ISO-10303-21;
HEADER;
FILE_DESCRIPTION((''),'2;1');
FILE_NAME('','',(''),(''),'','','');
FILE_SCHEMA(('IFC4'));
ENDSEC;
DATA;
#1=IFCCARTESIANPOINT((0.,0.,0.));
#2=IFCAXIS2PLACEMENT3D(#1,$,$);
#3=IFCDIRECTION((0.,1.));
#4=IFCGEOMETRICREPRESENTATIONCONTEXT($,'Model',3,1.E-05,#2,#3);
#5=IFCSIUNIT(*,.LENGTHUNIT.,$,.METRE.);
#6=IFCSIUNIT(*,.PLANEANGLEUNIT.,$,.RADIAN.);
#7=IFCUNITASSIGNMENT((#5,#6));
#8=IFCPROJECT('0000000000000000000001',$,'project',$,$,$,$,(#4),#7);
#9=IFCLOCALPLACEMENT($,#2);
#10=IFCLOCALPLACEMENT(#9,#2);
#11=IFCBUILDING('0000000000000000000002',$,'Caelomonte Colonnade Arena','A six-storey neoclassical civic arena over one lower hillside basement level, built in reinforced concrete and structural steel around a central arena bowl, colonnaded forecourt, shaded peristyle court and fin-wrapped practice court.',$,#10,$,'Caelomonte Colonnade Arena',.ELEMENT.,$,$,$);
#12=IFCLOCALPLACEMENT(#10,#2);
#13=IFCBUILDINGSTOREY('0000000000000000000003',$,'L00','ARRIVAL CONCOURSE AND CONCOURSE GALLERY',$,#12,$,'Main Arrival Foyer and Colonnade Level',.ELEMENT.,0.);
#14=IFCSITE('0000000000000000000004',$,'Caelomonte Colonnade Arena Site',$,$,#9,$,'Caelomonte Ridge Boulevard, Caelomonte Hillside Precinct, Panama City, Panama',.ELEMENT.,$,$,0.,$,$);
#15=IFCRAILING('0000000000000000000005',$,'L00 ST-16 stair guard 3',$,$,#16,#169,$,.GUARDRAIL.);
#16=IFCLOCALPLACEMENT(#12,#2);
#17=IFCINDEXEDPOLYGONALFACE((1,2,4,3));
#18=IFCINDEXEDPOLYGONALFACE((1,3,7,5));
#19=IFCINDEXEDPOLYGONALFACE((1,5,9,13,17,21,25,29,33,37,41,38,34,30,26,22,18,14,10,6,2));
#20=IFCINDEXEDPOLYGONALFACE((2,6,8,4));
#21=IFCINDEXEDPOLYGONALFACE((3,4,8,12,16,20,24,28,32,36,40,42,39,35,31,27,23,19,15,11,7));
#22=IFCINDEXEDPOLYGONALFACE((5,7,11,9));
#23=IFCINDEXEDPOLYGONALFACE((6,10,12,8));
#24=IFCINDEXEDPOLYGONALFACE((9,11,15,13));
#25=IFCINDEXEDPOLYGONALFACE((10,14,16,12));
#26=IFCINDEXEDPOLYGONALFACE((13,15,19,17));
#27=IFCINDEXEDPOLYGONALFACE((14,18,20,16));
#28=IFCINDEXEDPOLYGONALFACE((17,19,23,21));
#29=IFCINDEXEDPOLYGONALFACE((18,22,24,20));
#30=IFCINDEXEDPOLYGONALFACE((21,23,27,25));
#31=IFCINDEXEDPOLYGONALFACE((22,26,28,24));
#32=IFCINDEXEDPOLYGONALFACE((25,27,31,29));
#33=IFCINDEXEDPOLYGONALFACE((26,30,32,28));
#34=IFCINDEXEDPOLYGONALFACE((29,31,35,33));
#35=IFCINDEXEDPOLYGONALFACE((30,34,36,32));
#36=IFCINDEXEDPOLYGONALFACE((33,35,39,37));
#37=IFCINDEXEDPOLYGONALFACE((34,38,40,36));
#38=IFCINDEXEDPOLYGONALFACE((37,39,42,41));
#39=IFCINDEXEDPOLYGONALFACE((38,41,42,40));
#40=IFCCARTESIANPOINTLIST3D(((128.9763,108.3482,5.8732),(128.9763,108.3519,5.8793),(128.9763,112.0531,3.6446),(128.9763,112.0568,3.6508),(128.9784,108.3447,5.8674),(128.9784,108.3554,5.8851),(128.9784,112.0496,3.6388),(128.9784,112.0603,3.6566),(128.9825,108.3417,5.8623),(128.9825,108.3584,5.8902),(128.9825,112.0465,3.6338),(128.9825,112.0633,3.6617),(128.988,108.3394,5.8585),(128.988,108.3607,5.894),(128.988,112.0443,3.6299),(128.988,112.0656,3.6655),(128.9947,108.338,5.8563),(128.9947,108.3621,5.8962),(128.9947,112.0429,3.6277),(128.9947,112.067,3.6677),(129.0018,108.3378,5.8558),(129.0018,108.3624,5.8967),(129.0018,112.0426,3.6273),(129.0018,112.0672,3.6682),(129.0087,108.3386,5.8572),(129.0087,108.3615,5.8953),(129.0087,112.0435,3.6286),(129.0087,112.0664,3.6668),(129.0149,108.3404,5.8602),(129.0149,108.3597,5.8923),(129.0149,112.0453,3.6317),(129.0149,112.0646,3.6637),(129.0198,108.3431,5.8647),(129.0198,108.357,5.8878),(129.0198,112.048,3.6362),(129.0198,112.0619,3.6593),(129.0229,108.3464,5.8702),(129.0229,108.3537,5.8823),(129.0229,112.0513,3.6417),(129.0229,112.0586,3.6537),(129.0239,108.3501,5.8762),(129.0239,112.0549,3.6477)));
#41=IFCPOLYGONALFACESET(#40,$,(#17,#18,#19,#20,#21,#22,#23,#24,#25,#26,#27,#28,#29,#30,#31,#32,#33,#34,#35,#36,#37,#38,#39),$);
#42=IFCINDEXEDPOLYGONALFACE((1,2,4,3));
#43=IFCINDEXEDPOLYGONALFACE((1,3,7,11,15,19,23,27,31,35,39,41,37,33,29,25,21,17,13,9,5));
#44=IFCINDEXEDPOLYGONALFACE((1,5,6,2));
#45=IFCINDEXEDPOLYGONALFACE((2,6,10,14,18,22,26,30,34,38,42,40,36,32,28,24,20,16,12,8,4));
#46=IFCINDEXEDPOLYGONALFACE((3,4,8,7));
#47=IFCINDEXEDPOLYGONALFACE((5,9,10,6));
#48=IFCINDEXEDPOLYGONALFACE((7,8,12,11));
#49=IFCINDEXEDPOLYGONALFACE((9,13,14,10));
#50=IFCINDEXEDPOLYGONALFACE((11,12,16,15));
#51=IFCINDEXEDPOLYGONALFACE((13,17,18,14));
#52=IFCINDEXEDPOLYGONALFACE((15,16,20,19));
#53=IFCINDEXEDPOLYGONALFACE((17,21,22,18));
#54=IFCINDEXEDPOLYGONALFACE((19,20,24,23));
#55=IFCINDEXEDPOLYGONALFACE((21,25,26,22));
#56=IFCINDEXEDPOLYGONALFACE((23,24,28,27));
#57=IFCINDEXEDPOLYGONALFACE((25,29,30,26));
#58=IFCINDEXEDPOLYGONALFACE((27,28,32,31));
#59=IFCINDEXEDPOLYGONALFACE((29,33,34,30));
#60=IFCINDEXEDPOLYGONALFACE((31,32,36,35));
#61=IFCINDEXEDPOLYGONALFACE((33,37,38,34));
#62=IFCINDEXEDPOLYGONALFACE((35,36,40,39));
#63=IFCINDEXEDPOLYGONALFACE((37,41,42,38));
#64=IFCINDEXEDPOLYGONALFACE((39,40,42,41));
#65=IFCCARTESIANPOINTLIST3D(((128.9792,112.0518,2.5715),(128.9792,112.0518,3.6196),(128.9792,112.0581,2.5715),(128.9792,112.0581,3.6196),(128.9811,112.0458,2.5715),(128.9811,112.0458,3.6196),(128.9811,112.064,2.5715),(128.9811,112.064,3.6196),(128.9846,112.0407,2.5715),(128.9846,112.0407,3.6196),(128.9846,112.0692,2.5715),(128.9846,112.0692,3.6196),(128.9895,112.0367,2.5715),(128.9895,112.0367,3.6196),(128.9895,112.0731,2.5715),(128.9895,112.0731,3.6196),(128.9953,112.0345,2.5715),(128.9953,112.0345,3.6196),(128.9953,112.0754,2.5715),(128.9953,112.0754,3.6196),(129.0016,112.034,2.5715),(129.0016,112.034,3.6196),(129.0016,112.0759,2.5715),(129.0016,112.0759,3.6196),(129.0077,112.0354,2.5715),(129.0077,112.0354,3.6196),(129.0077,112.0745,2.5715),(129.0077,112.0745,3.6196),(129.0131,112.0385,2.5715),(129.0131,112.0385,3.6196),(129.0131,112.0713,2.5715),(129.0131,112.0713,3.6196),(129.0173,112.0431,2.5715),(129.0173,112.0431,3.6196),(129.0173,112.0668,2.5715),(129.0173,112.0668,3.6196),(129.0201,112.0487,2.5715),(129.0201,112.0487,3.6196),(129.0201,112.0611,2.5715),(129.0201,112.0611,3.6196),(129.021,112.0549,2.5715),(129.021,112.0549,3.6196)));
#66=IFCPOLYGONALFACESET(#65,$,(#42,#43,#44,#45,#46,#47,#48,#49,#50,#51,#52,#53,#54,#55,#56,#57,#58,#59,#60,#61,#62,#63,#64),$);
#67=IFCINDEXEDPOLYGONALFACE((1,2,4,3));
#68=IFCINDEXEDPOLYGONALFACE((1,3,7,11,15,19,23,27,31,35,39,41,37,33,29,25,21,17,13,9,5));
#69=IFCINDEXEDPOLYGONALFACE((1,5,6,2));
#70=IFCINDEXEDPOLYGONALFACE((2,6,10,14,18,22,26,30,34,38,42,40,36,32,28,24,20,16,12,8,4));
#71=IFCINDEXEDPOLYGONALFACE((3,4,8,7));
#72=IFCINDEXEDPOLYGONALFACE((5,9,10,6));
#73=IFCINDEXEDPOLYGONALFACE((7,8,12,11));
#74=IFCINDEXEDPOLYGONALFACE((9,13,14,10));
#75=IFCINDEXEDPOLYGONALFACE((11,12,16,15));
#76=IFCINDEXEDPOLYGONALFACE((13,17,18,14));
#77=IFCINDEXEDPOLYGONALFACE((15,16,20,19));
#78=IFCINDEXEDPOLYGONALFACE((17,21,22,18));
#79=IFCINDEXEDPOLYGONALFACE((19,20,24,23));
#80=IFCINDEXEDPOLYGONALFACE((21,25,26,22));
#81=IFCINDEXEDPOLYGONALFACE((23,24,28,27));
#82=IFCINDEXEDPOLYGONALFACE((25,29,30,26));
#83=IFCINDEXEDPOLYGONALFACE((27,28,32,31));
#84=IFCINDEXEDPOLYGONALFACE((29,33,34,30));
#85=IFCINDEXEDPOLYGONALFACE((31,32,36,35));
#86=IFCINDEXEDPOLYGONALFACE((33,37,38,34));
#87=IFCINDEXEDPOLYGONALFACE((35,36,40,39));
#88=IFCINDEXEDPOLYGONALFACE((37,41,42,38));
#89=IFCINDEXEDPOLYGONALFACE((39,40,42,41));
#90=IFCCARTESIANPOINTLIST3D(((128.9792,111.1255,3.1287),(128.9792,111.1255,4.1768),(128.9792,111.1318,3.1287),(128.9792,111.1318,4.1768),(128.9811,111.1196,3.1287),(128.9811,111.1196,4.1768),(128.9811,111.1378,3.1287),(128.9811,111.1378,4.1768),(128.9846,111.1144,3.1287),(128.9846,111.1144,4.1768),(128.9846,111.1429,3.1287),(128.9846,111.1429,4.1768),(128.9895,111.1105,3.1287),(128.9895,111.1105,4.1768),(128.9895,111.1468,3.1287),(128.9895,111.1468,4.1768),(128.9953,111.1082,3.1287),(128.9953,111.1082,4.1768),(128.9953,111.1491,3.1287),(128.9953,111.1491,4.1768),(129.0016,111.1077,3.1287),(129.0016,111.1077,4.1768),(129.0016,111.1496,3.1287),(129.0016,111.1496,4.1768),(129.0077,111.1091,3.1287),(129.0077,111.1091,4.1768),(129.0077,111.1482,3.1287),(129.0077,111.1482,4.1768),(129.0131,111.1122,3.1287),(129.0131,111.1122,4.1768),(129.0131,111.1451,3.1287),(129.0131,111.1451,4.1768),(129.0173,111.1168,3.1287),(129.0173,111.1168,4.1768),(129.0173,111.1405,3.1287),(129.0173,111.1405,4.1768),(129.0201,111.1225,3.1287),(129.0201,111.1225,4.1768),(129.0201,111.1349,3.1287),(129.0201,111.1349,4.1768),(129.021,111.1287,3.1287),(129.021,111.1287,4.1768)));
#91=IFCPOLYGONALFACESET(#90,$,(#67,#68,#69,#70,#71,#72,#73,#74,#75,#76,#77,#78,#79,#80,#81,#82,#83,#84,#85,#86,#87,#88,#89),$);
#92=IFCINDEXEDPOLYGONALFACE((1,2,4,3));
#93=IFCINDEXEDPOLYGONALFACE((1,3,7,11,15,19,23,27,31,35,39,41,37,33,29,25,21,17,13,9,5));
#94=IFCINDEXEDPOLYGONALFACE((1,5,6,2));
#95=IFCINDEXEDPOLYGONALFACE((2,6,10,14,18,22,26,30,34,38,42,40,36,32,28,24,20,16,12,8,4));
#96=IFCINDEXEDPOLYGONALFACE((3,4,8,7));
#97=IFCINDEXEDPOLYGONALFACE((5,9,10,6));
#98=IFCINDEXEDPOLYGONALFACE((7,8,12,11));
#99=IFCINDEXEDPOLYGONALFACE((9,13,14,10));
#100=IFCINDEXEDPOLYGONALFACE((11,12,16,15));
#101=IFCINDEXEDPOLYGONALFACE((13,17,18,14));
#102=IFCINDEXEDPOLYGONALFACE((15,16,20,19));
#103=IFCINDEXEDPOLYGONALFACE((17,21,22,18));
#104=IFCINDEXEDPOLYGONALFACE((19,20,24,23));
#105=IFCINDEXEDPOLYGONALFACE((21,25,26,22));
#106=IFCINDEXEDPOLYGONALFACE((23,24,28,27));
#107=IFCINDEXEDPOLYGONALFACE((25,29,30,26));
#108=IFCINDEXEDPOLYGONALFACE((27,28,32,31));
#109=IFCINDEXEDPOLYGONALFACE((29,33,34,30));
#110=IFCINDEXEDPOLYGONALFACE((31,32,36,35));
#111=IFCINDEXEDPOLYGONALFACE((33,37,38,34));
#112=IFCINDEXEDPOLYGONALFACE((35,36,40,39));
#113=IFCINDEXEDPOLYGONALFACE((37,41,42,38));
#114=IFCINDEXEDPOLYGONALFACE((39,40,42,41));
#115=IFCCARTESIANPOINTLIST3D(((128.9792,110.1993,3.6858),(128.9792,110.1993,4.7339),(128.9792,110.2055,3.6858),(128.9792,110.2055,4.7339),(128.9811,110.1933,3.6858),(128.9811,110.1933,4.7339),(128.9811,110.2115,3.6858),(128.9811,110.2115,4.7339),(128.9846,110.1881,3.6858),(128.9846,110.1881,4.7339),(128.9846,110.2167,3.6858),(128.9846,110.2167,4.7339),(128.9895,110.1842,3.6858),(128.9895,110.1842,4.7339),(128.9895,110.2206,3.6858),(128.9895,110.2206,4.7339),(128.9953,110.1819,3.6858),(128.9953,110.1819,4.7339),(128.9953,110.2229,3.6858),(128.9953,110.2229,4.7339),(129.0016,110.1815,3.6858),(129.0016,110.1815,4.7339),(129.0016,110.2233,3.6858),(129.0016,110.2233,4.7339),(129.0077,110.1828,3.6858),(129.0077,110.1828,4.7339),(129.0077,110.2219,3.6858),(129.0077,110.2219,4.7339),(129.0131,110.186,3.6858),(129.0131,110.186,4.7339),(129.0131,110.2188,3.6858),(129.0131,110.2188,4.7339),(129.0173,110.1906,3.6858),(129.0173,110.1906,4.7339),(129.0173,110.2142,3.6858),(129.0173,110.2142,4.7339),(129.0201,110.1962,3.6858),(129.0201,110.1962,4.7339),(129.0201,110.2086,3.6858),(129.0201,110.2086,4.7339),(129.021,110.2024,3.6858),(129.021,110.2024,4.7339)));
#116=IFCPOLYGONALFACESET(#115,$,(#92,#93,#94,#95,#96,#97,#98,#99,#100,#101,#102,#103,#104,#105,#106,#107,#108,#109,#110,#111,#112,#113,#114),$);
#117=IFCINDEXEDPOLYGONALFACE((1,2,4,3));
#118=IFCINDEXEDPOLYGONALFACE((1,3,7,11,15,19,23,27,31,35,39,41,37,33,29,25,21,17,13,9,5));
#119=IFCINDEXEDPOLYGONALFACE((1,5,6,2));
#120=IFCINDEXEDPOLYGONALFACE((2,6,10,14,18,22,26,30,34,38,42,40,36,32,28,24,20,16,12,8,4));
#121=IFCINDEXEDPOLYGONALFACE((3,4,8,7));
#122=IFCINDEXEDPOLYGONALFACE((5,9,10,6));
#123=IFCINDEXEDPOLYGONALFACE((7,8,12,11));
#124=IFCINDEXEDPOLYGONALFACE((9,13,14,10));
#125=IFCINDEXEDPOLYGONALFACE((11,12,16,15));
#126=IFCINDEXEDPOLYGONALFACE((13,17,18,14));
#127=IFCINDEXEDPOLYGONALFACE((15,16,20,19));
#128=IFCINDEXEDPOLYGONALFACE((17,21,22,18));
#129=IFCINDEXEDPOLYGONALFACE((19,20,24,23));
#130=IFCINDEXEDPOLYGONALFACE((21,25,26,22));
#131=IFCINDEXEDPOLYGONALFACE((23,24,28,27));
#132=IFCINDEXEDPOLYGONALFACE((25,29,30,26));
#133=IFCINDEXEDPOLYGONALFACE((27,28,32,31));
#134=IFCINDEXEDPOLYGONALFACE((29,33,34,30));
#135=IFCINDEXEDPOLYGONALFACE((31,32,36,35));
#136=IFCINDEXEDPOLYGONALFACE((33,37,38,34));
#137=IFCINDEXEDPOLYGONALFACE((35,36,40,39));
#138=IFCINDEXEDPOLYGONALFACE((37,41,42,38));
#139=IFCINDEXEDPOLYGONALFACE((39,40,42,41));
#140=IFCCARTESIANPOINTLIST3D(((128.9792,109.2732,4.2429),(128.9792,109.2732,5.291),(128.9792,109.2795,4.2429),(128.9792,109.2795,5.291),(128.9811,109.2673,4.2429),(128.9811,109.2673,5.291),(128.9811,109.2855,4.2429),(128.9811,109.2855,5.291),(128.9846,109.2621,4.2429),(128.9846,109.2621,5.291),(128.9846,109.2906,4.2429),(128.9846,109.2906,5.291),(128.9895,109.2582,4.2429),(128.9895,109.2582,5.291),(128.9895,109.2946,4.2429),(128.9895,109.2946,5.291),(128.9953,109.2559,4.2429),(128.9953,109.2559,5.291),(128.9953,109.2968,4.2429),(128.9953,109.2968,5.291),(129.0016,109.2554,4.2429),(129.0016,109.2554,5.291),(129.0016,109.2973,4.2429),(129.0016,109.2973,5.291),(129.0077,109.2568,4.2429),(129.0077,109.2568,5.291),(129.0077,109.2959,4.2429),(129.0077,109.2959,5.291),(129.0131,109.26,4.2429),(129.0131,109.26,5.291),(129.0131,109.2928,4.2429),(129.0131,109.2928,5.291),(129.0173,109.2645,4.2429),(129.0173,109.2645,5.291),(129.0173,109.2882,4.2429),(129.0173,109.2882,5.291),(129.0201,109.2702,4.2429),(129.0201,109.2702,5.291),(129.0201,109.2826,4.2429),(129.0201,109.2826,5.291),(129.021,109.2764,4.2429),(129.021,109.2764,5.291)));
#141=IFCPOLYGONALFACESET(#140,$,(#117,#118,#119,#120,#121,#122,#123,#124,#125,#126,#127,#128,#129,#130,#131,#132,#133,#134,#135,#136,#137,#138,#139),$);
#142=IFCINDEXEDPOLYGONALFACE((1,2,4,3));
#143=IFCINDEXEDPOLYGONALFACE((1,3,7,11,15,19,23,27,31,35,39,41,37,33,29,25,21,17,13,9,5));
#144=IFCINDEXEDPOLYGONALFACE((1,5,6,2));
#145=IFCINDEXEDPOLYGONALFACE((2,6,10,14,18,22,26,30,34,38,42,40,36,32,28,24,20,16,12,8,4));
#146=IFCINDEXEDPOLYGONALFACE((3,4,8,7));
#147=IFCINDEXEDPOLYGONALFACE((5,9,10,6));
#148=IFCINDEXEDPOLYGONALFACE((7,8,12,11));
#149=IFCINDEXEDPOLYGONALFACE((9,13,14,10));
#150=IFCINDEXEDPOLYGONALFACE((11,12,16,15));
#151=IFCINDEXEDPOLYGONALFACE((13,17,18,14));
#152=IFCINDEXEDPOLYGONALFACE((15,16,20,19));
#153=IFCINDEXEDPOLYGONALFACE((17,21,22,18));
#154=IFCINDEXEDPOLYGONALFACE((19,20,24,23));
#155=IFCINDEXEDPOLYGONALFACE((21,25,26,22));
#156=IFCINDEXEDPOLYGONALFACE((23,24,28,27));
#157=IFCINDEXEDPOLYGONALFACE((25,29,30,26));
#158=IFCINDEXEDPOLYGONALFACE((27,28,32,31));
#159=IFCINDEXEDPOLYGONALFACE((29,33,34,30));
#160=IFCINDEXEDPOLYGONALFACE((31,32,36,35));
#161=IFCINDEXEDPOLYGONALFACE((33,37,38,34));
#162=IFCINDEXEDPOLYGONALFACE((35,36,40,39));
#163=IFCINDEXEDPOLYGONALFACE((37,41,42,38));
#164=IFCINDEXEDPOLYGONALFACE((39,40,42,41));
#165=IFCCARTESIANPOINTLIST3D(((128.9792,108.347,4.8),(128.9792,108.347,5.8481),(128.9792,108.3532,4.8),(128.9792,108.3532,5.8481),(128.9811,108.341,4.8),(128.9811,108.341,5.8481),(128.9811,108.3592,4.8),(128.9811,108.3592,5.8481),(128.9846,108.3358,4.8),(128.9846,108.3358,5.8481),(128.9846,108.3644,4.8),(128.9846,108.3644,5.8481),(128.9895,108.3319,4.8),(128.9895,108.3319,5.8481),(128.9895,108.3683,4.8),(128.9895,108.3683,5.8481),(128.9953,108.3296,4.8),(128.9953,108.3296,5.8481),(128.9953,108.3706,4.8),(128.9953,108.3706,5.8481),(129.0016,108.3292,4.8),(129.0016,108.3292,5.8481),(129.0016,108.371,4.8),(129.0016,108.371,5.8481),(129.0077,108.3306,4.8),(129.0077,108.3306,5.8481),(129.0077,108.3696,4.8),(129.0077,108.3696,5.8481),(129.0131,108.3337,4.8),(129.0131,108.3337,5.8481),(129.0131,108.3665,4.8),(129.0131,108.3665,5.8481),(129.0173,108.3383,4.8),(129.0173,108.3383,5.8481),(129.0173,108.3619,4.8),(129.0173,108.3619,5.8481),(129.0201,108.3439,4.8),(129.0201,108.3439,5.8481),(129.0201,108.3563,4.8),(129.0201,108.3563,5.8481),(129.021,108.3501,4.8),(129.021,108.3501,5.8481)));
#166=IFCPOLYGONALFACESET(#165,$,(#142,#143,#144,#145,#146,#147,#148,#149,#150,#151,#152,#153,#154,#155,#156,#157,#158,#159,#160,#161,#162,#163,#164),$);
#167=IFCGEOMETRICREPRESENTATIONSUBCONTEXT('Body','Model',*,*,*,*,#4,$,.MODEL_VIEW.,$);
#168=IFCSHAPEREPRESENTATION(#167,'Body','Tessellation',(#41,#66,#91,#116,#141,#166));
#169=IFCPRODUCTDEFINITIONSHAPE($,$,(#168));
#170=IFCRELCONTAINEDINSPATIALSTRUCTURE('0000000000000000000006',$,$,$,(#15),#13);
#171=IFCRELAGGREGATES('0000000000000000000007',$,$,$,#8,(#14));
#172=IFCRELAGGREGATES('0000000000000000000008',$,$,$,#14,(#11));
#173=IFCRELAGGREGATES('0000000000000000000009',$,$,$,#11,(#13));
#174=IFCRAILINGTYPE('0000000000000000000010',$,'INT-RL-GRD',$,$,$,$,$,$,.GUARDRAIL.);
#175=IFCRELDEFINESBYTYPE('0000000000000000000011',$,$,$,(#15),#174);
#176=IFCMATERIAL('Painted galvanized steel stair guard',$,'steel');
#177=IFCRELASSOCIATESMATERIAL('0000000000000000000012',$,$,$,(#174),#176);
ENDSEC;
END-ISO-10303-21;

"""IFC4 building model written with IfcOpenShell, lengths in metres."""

from ifc_helpers import new_model, si_unit, direction, frame, origin, origin_2d, place, context, subcontext, project, spatial, circle, extrude, material, type_object, element, save


model = new_model("IFC4")

# Units and contexts
model_context = context("Model", 3, precision=1e-05, world=origin(), true_north=direction((0.0, 1.0)))
body_context = subcontext(model_context, "Body", "Model", "MODEL_VIEW")
ifc_project = project(units=[si_unit("LENGTHUNIT", "METRE"), si_unit("PLANEANGLEUNIT", "RADIAN")], contexts=[model_context])

# Site, building, storey
site_placement = place(None, origin())
site = spatial("IfcSite", under=ifc_project, at=site_placement, Name="Caelomonte Colonnade Arena Site", LongName="Caelomonte Ridge Boulevard, Caelomonte Hillside Precinct, Panama City, Panama", CompositionType="ELEMENT", RefElevation=0.0)
building_placement = place(site_placement, origin())
building = spatial("IfcBuilding", under=site, at=building_placement, Name="Caelomonte Colonnade Arena", Description="A six-storey neoclassical civic arena over one lower hillside basement level, built in reinforced concrete and structural steel around a central arena bowl, colonnaded forecourt, shaded peristyle court and fin-wrapped practice court.", LongName="Caelomonte Colonnade Arena", CompositionType="ELEMENT")
storey_placement = place(building_placement, origin())
storey = spatial("IfcBuildingStorey", under=building, at=storey_placement, Name="L00", Description="ARRIVAL CONCOURSE AND CONCOURSE GALLERY", LongName="Main Arrival Foyer and Colonnade Level", CompositionType="ELEMENT", Elevation=0.0)

# Railing
ifc_material_1 = material(Name="Painted galvanized steel stair guard", Category="steel")
railing_type_1 = type_object("IfcRailingType", Name="INT-RL-GRD", PredefinedType="GUARDRAIL", material=ifc_material_1)
railing_1_placement = place(storey_placement, frame((129.0, 112.0549, 2.5715)))
element("IfcRailing", 1, at=railing_1_placement, inside=storey, type_object=railing_type_1, Name="L00 ST-16 stair guard 3", PredefinedType="GUARDRAIL", context=body_context, shape_type="SweptSolid", body=[
    extrude(circle(Radius=0.0239, at=origin_2d()), frame((0.0, 0.0, 1.0762), z_axis=(0.0, -0.856919, 0.51545), x_axis=(1.0, 0.0, 0.0)), (0.0, 0.0, 1.0), 4.3235),
    extrude(circle(Radius=0.021, at=origin_2d()), origin(), (0.0, 0.0, 1.0), 1.0481),
    extrude(circle(Radius=0.021, at=origin_2d()), frame((0.0, -0.9263, 0.5571)), (0.0, 0.0, 1.0), 1.0481),
    extrude(circle(Radius=0.021, at=origin_2d()), frame((0.0, -1.8525, 1.1143)), (0.0, 0.0, 1.0), 1.0481),
    extrude(circle(Radius=0.021, at=origin_2d()), frame((0.0, -2.7786, 1.6714)), (0.0, 0.0, 1.0), 1.0481),
    extrude(circle(Radius=0.021, at=origin_2d()), frame((0.0, -3.7048, 2.2285)), (0.0, 0.0, 1.0), 1.0481),
])

save(model, "model.ifc")
